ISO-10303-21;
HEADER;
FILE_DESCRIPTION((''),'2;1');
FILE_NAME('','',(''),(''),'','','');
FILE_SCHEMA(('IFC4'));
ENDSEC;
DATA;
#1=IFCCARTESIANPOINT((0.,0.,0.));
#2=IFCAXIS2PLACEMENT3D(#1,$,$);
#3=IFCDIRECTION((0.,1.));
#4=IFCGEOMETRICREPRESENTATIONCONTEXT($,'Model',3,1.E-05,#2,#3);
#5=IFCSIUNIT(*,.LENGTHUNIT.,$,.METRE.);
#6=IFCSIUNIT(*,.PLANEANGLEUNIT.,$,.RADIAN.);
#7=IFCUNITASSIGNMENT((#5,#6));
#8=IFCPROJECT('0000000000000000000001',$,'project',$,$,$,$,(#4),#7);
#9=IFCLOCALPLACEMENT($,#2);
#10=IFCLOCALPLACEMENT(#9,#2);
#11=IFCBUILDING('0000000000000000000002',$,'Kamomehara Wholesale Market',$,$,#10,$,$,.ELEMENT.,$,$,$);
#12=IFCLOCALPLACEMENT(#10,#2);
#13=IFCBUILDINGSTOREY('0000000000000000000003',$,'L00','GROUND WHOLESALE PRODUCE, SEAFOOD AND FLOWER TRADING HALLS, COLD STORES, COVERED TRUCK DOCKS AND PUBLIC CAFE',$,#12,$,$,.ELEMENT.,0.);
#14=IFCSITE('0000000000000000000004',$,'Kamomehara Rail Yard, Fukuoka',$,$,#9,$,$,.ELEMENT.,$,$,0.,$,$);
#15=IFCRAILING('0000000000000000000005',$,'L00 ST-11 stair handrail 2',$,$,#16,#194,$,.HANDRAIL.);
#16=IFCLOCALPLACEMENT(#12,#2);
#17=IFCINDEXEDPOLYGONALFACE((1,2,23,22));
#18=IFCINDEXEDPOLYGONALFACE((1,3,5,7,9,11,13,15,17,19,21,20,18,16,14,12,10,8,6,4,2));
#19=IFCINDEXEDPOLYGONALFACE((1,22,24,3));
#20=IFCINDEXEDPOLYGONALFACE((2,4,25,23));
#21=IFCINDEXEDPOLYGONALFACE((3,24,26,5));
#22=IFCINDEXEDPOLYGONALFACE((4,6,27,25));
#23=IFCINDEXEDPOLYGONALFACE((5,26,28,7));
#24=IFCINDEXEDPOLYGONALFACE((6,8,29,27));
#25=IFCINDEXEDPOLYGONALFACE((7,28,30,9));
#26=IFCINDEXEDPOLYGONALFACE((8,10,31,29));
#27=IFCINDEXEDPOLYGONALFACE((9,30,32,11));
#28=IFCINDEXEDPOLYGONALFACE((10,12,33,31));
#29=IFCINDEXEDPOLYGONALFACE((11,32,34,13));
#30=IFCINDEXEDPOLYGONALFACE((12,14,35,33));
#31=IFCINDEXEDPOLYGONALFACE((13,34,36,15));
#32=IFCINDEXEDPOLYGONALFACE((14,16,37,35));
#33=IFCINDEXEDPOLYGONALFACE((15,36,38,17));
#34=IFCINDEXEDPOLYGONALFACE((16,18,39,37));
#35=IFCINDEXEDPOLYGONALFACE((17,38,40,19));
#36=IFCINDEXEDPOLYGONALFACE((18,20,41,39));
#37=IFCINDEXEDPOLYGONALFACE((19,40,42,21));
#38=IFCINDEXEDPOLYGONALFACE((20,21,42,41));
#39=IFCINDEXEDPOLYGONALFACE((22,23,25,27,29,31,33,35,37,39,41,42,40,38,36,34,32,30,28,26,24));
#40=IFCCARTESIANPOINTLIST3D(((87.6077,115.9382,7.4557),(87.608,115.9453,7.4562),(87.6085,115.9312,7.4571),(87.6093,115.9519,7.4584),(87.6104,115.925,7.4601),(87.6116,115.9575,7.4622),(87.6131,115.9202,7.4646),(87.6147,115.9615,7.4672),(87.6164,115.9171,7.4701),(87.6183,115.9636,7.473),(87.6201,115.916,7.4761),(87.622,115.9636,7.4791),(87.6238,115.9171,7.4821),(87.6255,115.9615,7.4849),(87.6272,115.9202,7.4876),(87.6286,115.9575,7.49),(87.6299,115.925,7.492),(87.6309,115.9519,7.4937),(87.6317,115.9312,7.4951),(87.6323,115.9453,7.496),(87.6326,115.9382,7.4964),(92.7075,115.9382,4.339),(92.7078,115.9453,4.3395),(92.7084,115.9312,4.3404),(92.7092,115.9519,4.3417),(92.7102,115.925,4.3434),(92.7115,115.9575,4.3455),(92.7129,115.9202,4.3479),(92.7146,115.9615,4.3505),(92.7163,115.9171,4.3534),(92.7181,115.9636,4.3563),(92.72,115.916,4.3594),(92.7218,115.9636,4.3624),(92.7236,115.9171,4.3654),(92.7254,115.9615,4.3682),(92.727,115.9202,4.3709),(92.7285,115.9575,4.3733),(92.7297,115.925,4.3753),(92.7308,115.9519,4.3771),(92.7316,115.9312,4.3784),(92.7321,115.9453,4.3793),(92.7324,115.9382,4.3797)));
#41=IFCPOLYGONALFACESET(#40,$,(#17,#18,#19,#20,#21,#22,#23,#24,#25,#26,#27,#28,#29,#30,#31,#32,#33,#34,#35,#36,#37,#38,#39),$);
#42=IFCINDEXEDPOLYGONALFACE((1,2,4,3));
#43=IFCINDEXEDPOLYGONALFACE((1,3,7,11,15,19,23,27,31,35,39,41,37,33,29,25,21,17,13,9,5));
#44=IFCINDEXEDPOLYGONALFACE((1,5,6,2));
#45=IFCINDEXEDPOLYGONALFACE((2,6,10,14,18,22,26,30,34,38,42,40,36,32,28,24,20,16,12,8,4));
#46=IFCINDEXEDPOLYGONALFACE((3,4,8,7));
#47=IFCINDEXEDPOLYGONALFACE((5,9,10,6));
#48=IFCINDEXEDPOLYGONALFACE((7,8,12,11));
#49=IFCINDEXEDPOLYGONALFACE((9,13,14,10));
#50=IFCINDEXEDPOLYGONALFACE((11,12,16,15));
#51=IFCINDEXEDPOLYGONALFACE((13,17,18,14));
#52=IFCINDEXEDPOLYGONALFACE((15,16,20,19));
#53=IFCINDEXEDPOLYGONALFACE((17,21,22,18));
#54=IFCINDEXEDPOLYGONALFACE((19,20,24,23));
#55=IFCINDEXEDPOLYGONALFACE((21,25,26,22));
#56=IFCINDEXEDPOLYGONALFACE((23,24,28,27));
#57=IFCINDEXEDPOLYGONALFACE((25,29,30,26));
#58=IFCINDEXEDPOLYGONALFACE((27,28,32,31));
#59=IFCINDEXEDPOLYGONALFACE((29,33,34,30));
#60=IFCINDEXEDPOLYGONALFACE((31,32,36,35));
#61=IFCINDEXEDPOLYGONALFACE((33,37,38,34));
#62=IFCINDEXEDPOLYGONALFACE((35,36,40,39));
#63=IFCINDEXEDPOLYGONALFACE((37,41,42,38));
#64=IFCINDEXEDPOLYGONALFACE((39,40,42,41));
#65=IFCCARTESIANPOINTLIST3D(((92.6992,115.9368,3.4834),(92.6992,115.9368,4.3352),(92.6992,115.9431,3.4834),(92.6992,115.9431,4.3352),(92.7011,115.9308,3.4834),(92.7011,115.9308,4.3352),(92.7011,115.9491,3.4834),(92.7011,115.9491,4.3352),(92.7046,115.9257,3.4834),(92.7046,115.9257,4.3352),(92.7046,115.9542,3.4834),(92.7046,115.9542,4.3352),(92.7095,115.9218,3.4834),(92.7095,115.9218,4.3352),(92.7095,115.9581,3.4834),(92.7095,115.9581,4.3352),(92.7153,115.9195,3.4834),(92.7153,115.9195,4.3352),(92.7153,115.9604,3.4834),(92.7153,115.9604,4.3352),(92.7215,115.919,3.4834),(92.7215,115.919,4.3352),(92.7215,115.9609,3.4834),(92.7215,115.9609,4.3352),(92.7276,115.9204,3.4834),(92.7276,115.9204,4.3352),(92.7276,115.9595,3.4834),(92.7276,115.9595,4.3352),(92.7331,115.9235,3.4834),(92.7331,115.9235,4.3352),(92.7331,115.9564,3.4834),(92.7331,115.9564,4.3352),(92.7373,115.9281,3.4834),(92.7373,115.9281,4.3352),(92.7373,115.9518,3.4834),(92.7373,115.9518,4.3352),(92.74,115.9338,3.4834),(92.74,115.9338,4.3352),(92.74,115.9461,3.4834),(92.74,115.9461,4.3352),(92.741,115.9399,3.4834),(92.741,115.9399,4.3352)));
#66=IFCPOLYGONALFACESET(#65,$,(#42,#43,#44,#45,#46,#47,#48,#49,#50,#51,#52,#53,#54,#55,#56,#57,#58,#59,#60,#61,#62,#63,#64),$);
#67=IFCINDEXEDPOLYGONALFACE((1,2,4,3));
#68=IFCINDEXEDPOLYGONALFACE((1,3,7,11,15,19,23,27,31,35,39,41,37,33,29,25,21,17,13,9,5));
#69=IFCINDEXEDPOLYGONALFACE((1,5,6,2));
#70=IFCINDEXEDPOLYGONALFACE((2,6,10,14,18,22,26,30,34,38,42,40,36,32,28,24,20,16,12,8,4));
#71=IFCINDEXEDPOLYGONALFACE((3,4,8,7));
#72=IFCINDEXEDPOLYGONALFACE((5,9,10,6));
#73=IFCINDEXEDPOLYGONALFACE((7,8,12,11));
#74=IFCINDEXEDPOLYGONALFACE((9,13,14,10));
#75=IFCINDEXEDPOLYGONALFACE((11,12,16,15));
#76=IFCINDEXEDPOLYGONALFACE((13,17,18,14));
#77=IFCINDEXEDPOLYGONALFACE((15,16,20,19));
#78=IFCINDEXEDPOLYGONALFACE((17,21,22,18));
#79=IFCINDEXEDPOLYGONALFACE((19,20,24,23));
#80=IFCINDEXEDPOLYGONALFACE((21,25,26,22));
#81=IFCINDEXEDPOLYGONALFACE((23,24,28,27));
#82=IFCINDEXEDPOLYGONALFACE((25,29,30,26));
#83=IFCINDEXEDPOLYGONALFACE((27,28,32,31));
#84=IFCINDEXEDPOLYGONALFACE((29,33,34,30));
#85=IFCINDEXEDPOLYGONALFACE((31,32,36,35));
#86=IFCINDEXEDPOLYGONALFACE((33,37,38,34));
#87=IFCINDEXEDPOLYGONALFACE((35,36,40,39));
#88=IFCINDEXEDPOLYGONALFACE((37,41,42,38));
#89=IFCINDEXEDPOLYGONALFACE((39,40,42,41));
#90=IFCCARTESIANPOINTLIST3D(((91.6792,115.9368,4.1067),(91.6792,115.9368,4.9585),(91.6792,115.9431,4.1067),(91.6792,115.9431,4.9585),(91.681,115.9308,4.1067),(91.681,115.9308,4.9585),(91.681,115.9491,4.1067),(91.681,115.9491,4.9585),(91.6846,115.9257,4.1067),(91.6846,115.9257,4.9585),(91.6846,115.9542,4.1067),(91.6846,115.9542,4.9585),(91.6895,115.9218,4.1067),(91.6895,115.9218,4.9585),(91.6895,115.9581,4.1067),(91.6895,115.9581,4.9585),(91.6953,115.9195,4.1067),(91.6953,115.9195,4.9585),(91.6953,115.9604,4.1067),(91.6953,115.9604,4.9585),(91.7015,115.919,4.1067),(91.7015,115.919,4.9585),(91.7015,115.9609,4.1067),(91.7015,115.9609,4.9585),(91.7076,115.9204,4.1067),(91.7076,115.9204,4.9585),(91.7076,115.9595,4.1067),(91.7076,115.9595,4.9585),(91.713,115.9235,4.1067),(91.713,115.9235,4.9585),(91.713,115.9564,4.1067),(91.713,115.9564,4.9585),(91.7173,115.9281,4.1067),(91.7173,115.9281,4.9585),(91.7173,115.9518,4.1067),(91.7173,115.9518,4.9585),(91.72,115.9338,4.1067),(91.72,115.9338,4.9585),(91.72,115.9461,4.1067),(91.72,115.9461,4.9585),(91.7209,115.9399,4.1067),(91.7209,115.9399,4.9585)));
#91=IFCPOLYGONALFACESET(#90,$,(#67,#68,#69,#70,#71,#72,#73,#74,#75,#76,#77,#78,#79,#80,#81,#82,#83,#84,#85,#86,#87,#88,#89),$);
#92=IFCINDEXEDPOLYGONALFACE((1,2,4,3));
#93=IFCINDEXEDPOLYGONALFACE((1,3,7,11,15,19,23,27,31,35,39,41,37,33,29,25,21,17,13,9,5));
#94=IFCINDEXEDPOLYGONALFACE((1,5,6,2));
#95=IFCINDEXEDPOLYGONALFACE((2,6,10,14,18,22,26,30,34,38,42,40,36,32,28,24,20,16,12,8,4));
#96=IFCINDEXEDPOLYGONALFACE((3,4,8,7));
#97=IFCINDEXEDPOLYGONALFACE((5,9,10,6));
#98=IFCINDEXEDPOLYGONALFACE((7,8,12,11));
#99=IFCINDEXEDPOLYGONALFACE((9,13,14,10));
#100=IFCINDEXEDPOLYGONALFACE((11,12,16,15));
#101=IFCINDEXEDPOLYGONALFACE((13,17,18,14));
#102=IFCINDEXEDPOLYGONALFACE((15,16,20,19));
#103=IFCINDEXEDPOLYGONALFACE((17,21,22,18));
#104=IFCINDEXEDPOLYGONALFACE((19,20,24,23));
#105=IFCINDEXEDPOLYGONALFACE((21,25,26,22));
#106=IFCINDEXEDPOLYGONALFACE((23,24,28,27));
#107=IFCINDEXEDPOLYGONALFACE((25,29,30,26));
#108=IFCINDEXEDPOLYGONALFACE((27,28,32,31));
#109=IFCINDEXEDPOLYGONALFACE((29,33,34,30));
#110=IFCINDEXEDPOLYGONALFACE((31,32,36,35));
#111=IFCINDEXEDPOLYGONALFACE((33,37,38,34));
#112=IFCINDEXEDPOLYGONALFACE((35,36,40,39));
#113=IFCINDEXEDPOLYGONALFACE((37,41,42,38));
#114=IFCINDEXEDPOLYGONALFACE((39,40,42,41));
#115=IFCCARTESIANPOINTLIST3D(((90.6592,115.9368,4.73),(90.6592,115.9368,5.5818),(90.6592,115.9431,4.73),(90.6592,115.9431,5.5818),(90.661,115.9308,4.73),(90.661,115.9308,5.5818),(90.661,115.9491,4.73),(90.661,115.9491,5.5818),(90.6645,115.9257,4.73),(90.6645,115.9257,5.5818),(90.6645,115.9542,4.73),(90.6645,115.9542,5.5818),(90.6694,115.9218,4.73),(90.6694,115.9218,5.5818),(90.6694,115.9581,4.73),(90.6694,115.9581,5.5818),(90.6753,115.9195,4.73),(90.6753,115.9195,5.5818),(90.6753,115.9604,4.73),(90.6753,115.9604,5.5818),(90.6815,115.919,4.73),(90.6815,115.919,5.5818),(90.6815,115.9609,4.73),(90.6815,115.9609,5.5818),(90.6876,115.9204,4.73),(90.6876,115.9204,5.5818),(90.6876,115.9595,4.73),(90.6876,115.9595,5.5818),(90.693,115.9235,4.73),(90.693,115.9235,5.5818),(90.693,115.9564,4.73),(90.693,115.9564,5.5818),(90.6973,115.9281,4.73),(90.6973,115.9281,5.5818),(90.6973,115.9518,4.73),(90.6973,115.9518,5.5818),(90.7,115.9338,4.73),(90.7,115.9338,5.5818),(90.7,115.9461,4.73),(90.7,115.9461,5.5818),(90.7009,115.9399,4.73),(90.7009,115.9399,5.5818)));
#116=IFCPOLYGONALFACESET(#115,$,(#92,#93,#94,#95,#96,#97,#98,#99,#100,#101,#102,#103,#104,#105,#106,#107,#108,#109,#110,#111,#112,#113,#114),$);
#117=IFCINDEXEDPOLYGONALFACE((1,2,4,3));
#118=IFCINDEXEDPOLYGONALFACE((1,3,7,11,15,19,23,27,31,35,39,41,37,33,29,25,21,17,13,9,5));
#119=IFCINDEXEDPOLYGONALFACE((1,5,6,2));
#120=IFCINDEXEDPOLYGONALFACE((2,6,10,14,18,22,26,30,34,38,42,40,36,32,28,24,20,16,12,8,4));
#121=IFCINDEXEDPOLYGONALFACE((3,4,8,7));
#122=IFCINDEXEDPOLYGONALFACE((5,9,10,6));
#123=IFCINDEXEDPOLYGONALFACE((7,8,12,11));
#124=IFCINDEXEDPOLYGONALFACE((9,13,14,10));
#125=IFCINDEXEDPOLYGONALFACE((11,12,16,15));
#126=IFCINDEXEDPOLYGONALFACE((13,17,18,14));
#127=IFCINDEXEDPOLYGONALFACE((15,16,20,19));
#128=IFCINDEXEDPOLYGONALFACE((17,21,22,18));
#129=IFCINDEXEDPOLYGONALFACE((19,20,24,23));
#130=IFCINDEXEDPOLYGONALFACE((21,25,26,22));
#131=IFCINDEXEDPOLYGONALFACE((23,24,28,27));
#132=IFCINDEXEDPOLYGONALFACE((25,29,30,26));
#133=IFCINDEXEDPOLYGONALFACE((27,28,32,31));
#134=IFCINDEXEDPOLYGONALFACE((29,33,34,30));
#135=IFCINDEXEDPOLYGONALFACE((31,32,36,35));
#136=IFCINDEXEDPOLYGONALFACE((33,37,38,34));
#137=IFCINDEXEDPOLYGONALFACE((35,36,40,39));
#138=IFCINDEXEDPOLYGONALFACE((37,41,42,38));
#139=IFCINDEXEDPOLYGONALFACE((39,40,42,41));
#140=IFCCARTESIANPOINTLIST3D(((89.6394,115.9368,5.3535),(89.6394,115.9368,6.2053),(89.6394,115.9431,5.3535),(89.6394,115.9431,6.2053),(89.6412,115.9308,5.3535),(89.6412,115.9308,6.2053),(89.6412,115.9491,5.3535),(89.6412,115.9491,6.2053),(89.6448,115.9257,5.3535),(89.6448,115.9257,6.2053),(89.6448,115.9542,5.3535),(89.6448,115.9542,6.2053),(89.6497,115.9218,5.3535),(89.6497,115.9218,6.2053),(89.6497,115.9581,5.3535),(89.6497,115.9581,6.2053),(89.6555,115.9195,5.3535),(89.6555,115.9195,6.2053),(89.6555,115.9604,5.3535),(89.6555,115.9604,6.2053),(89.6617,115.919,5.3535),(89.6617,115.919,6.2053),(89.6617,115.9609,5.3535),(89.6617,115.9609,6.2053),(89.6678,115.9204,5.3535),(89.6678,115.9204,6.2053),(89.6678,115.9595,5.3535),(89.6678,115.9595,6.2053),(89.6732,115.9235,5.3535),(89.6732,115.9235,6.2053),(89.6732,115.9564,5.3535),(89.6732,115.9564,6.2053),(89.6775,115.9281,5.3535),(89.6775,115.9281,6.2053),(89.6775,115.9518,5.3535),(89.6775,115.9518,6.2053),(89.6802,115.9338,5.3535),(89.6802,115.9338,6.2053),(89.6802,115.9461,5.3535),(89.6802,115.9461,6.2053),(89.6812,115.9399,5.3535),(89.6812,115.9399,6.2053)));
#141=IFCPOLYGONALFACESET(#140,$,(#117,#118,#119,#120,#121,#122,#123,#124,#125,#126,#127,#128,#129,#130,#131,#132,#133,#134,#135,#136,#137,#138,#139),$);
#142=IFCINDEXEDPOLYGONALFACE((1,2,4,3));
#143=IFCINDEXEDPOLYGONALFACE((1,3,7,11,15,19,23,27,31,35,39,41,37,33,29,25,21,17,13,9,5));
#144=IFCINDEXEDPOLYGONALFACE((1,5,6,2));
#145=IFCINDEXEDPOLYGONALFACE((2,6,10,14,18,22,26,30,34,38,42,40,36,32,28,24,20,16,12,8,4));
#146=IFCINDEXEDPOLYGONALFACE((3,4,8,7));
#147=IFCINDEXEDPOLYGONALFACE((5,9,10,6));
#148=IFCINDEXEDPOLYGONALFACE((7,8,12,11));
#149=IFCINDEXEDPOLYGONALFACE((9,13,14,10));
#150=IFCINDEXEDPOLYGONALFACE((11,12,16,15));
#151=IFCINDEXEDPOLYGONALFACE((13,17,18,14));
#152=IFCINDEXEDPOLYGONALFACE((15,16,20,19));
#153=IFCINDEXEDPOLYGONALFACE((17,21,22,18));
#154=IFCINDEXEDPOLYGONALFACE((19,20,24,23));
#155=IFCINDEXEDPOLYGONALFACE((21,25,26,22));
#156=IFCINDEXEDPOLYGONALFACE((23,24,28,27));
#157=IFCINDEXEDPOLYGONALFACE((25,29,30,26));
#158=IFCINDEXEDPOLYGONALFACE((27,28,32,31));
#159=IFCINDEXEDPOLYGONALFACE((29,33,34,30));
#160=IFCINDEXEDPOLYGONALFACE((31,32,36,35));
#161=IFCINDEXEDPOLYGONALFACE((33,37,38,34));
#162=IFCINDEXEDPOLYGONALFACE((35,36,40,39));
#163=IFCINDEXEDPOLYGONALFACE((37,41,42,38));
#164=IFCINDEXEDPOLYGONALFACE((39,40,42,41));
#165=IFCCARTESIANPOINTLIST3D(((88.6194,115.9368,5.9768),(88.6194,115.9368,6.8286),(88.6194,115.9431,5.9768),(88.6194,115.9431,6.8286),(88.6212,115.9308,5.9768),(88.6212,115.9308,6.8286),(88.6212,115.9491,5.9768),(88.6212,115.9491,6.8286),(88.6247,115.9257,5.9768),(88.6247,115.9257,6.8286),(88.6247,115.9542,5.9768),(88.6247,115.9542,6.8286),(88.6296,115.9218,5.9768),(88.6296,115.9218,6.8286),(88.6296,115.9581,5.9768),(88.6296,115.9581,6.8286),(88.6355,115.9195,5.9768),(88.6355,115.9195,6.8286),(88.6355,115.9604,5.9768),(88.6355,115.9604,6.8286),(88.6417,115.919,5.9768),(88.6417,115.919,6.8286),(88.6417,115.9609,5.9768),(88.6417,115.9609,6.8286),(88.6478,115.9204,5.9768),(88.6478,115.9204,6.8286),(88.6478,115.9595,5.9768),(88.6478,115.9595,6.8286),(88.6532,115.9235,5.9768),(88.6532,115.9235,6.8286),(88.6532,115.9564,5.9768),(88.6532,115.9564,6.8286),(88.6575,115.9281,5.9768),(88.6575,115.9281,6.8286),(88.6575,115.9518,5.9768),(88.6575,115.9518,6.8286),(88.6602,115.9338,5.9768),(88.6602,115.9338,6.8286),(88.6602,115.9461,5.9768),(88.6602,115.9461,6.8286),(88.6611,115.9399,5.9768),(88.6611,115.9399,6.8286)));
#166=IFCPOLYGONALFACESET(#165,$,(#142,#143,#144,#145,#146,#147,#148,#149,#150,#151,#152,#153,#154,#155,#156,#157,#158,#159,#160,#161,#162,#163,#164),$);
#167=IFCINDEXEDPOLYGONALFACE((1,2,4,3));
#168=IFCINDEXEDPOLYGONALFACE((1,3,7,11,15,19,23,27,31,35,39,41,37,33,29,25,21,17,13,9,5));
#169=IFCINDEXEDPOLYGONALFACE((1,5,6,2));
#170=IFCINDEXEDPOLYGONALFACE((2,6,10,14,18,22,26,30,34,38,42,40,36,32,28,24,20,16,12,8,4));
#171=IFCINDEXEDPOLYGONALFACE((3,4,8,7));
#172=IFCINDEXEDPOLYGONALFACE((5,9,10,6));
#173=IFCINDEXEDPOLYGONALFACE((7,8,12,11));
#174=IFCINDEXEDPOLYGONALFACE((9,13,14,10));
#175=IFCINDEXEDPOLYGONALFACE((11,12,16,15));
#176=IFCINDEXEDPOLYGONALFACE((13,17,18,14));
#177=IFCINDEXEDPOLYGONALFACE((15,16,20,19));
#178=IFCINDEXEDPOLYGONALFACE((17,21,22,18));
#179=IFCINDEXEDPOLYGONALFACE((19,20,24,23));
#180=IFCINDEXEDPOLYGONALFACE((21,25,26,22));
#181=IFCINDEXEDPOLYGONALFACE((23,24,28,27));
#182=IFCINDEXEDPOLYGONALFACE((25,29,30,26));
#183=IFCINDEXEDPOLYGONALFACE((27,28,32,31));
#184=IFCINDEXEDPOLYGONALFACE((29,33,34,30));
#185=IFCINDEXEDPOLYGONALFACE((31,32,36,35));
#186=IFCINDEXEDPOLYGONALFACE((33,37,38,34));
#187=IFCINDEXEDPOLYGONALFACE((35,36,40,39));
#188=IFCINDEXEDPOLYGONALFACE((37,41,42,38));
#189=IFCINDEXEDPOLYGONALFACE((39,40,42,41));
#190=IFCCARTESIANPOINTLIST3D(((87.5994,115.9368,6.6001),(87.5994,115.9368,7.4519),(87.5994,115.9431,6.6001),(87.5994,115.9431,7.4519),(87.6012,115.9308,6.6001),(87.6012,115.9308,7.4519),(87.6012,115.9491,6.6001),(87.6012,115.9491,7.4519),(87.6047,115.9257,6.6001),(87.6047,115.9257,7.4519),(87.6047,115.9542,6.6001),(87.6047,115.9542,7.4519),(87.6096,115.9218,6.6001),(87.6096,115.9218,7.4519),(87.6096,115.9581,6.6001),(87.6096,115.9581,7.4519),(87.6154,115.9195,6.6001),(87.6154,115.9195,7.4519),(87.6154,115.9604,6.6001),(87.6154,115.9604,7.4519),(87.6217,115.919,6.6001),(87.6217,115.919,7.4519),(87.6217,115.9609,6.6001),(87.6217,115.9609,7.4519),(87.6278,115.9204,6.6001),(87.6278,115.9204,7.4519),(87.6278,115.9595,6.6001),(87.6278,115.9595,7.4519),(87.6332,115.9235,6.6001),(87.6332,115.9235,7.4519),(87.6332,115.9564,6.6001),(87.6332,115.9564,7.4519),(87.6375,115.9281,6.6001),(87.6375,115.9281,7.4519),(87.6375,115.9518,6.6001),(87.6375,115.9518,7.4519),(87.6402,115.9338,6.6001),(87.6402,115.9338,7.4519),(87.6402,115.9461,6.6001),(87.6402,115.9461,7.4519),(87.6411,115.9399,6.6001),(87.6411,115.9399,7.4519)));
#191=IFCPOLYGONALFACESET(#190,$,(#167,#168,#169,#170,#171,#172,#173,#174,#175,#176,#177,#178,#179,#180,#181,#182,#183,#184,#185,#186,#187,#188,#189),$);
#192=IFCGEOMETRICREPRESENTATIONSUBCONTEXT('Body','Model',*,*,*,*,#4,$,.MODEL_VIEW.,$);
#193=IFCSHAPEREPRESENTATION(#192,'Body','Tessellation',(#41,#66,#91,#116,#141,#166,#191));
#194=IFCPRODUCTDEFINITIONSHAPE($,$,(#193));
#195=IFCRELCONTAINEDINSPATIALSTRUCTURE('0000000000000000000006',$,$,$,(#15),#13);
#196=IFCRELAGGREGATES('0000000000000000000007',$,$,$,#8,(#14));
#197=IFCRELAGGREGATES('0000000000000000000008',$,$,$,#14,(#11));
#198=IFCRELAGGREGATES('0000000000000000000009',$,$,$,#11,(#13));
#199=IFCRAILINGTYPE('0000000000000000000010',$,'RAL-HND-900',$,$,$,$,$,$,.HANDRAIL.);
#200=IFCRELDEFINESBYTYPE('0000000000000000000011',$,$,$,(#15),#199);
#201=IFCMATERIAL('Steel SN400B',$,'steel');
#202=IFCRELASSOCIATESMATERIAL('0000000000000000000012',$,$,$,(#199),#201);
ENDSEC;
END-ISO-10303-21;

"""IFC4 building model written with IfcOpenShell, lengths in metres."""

from ifc_helpers import new_model, si_unit, direction, frame, origin, origin_2d, place, context, subcontext, project, spatial, circle, extrude, material, type_object, element, save


model = new_model("IFC4")

# Units and contexts
model_context = context("Model", 3, precision=1e-05, world=origin(), true_north=direction((0.0, 1.0)))
body_context = subcontext(model_context, "Body", "Model", "MODEL_VIEW")
ifc_project = project(units=[si_unit("LENGTHUNIT", "METRE"), si_unit("PLANEANGLEUNIT", "RADIAN")], contexts=[model_context])

# Site, building, storey
site_placement = place(None, origin())
site = spatial("IfcSite", under=ifc_project, at=site_placement, Name="Kamomehara Rail Yard, Fukuoka", CompositionType="ELEMENT", RefElevation=0.0)
building_placement = place(site_placement, origin())
building = spatial("IfcBuilding", under=site, at=building_placement, Name="Kamomehara Wholesale Market", CompositionType="ELEMENT")
storey_placement = place(building_placement, origin())
storey = spatial("IfcBuildingStorey", under=building, at=storey_placement, Name="L00", Description="GROUND WHOLESALE PRODUCE, SEAFOOD AND FLOWER TRADING HALLS, COLD STORES, COVERED TRUCK DOCKS AND PUBLIC CAFE", CompositionType="ELEMENT", Elevation=0.0)

# Railing
ifc_material_1 = material(Name="Steel SN400B", Category="steel")
railing_type_1 = type_object("IfcRailingType", Name="RAL-HND-900", PredefinedType="HANDRAIL", material=ifc_material_1)
railing_placement = place(storey_placement, frame((92.72, 115.9399, 3.4834)))
element("IfcRailing", 1, at=railing_placement, inside=storey, type_object=railing_type_1, Name="L00 ST-11 stair handrail 2", PredefinedType="HANDRAIL", context=body_context, shape_type="SweptSolid", body=[
    extrude(circle(Radius=0.0239, at=origin_2d()), frame((0.0, 0.0, 0.876), z_axis=(-0.853273, 0.0, 0.521465), x_axis=(0.0, -1.0, 0.0)), (0.0, 0.0, 1.0), 5.9768),
    extrude(circle(Radius=0.021, at=origin_2d()), origin(), (0.0, 0.0, 1.0), 0.8518),
    extrude(circle(Radius=0.021, at=origin_2d()), frame((-1.02, 0.0, 0.6233)), (0.0, 0.0, 1.0), 0.8518),
    extrude(circle(Radius=0.021, at=origin_2d()), frame((-2.04, 0.0, 1.2466)), (0.0, 0.0, 1.0), 0.8518),
    extrude(circle(Radius=0.021, at=origin_2d()), frame((-3.0598, 0.0, 1.8701)), (0.0, 0.0, 1.0), 0.8518),
    extrude(circle(Radius=0.021, at=origin_2d()), frame((-4.0798, 0.0, 2.4934)), (0.0, 0.0, 1.0), 0.8518),
    extrude(circle(Radius=0.021, at=origin_2d()), frame((-5.0999, 0.0, 3.1167)), (0.0, 0.0, 1.0), 0.8518),
])

save(model, "model.ifc")
